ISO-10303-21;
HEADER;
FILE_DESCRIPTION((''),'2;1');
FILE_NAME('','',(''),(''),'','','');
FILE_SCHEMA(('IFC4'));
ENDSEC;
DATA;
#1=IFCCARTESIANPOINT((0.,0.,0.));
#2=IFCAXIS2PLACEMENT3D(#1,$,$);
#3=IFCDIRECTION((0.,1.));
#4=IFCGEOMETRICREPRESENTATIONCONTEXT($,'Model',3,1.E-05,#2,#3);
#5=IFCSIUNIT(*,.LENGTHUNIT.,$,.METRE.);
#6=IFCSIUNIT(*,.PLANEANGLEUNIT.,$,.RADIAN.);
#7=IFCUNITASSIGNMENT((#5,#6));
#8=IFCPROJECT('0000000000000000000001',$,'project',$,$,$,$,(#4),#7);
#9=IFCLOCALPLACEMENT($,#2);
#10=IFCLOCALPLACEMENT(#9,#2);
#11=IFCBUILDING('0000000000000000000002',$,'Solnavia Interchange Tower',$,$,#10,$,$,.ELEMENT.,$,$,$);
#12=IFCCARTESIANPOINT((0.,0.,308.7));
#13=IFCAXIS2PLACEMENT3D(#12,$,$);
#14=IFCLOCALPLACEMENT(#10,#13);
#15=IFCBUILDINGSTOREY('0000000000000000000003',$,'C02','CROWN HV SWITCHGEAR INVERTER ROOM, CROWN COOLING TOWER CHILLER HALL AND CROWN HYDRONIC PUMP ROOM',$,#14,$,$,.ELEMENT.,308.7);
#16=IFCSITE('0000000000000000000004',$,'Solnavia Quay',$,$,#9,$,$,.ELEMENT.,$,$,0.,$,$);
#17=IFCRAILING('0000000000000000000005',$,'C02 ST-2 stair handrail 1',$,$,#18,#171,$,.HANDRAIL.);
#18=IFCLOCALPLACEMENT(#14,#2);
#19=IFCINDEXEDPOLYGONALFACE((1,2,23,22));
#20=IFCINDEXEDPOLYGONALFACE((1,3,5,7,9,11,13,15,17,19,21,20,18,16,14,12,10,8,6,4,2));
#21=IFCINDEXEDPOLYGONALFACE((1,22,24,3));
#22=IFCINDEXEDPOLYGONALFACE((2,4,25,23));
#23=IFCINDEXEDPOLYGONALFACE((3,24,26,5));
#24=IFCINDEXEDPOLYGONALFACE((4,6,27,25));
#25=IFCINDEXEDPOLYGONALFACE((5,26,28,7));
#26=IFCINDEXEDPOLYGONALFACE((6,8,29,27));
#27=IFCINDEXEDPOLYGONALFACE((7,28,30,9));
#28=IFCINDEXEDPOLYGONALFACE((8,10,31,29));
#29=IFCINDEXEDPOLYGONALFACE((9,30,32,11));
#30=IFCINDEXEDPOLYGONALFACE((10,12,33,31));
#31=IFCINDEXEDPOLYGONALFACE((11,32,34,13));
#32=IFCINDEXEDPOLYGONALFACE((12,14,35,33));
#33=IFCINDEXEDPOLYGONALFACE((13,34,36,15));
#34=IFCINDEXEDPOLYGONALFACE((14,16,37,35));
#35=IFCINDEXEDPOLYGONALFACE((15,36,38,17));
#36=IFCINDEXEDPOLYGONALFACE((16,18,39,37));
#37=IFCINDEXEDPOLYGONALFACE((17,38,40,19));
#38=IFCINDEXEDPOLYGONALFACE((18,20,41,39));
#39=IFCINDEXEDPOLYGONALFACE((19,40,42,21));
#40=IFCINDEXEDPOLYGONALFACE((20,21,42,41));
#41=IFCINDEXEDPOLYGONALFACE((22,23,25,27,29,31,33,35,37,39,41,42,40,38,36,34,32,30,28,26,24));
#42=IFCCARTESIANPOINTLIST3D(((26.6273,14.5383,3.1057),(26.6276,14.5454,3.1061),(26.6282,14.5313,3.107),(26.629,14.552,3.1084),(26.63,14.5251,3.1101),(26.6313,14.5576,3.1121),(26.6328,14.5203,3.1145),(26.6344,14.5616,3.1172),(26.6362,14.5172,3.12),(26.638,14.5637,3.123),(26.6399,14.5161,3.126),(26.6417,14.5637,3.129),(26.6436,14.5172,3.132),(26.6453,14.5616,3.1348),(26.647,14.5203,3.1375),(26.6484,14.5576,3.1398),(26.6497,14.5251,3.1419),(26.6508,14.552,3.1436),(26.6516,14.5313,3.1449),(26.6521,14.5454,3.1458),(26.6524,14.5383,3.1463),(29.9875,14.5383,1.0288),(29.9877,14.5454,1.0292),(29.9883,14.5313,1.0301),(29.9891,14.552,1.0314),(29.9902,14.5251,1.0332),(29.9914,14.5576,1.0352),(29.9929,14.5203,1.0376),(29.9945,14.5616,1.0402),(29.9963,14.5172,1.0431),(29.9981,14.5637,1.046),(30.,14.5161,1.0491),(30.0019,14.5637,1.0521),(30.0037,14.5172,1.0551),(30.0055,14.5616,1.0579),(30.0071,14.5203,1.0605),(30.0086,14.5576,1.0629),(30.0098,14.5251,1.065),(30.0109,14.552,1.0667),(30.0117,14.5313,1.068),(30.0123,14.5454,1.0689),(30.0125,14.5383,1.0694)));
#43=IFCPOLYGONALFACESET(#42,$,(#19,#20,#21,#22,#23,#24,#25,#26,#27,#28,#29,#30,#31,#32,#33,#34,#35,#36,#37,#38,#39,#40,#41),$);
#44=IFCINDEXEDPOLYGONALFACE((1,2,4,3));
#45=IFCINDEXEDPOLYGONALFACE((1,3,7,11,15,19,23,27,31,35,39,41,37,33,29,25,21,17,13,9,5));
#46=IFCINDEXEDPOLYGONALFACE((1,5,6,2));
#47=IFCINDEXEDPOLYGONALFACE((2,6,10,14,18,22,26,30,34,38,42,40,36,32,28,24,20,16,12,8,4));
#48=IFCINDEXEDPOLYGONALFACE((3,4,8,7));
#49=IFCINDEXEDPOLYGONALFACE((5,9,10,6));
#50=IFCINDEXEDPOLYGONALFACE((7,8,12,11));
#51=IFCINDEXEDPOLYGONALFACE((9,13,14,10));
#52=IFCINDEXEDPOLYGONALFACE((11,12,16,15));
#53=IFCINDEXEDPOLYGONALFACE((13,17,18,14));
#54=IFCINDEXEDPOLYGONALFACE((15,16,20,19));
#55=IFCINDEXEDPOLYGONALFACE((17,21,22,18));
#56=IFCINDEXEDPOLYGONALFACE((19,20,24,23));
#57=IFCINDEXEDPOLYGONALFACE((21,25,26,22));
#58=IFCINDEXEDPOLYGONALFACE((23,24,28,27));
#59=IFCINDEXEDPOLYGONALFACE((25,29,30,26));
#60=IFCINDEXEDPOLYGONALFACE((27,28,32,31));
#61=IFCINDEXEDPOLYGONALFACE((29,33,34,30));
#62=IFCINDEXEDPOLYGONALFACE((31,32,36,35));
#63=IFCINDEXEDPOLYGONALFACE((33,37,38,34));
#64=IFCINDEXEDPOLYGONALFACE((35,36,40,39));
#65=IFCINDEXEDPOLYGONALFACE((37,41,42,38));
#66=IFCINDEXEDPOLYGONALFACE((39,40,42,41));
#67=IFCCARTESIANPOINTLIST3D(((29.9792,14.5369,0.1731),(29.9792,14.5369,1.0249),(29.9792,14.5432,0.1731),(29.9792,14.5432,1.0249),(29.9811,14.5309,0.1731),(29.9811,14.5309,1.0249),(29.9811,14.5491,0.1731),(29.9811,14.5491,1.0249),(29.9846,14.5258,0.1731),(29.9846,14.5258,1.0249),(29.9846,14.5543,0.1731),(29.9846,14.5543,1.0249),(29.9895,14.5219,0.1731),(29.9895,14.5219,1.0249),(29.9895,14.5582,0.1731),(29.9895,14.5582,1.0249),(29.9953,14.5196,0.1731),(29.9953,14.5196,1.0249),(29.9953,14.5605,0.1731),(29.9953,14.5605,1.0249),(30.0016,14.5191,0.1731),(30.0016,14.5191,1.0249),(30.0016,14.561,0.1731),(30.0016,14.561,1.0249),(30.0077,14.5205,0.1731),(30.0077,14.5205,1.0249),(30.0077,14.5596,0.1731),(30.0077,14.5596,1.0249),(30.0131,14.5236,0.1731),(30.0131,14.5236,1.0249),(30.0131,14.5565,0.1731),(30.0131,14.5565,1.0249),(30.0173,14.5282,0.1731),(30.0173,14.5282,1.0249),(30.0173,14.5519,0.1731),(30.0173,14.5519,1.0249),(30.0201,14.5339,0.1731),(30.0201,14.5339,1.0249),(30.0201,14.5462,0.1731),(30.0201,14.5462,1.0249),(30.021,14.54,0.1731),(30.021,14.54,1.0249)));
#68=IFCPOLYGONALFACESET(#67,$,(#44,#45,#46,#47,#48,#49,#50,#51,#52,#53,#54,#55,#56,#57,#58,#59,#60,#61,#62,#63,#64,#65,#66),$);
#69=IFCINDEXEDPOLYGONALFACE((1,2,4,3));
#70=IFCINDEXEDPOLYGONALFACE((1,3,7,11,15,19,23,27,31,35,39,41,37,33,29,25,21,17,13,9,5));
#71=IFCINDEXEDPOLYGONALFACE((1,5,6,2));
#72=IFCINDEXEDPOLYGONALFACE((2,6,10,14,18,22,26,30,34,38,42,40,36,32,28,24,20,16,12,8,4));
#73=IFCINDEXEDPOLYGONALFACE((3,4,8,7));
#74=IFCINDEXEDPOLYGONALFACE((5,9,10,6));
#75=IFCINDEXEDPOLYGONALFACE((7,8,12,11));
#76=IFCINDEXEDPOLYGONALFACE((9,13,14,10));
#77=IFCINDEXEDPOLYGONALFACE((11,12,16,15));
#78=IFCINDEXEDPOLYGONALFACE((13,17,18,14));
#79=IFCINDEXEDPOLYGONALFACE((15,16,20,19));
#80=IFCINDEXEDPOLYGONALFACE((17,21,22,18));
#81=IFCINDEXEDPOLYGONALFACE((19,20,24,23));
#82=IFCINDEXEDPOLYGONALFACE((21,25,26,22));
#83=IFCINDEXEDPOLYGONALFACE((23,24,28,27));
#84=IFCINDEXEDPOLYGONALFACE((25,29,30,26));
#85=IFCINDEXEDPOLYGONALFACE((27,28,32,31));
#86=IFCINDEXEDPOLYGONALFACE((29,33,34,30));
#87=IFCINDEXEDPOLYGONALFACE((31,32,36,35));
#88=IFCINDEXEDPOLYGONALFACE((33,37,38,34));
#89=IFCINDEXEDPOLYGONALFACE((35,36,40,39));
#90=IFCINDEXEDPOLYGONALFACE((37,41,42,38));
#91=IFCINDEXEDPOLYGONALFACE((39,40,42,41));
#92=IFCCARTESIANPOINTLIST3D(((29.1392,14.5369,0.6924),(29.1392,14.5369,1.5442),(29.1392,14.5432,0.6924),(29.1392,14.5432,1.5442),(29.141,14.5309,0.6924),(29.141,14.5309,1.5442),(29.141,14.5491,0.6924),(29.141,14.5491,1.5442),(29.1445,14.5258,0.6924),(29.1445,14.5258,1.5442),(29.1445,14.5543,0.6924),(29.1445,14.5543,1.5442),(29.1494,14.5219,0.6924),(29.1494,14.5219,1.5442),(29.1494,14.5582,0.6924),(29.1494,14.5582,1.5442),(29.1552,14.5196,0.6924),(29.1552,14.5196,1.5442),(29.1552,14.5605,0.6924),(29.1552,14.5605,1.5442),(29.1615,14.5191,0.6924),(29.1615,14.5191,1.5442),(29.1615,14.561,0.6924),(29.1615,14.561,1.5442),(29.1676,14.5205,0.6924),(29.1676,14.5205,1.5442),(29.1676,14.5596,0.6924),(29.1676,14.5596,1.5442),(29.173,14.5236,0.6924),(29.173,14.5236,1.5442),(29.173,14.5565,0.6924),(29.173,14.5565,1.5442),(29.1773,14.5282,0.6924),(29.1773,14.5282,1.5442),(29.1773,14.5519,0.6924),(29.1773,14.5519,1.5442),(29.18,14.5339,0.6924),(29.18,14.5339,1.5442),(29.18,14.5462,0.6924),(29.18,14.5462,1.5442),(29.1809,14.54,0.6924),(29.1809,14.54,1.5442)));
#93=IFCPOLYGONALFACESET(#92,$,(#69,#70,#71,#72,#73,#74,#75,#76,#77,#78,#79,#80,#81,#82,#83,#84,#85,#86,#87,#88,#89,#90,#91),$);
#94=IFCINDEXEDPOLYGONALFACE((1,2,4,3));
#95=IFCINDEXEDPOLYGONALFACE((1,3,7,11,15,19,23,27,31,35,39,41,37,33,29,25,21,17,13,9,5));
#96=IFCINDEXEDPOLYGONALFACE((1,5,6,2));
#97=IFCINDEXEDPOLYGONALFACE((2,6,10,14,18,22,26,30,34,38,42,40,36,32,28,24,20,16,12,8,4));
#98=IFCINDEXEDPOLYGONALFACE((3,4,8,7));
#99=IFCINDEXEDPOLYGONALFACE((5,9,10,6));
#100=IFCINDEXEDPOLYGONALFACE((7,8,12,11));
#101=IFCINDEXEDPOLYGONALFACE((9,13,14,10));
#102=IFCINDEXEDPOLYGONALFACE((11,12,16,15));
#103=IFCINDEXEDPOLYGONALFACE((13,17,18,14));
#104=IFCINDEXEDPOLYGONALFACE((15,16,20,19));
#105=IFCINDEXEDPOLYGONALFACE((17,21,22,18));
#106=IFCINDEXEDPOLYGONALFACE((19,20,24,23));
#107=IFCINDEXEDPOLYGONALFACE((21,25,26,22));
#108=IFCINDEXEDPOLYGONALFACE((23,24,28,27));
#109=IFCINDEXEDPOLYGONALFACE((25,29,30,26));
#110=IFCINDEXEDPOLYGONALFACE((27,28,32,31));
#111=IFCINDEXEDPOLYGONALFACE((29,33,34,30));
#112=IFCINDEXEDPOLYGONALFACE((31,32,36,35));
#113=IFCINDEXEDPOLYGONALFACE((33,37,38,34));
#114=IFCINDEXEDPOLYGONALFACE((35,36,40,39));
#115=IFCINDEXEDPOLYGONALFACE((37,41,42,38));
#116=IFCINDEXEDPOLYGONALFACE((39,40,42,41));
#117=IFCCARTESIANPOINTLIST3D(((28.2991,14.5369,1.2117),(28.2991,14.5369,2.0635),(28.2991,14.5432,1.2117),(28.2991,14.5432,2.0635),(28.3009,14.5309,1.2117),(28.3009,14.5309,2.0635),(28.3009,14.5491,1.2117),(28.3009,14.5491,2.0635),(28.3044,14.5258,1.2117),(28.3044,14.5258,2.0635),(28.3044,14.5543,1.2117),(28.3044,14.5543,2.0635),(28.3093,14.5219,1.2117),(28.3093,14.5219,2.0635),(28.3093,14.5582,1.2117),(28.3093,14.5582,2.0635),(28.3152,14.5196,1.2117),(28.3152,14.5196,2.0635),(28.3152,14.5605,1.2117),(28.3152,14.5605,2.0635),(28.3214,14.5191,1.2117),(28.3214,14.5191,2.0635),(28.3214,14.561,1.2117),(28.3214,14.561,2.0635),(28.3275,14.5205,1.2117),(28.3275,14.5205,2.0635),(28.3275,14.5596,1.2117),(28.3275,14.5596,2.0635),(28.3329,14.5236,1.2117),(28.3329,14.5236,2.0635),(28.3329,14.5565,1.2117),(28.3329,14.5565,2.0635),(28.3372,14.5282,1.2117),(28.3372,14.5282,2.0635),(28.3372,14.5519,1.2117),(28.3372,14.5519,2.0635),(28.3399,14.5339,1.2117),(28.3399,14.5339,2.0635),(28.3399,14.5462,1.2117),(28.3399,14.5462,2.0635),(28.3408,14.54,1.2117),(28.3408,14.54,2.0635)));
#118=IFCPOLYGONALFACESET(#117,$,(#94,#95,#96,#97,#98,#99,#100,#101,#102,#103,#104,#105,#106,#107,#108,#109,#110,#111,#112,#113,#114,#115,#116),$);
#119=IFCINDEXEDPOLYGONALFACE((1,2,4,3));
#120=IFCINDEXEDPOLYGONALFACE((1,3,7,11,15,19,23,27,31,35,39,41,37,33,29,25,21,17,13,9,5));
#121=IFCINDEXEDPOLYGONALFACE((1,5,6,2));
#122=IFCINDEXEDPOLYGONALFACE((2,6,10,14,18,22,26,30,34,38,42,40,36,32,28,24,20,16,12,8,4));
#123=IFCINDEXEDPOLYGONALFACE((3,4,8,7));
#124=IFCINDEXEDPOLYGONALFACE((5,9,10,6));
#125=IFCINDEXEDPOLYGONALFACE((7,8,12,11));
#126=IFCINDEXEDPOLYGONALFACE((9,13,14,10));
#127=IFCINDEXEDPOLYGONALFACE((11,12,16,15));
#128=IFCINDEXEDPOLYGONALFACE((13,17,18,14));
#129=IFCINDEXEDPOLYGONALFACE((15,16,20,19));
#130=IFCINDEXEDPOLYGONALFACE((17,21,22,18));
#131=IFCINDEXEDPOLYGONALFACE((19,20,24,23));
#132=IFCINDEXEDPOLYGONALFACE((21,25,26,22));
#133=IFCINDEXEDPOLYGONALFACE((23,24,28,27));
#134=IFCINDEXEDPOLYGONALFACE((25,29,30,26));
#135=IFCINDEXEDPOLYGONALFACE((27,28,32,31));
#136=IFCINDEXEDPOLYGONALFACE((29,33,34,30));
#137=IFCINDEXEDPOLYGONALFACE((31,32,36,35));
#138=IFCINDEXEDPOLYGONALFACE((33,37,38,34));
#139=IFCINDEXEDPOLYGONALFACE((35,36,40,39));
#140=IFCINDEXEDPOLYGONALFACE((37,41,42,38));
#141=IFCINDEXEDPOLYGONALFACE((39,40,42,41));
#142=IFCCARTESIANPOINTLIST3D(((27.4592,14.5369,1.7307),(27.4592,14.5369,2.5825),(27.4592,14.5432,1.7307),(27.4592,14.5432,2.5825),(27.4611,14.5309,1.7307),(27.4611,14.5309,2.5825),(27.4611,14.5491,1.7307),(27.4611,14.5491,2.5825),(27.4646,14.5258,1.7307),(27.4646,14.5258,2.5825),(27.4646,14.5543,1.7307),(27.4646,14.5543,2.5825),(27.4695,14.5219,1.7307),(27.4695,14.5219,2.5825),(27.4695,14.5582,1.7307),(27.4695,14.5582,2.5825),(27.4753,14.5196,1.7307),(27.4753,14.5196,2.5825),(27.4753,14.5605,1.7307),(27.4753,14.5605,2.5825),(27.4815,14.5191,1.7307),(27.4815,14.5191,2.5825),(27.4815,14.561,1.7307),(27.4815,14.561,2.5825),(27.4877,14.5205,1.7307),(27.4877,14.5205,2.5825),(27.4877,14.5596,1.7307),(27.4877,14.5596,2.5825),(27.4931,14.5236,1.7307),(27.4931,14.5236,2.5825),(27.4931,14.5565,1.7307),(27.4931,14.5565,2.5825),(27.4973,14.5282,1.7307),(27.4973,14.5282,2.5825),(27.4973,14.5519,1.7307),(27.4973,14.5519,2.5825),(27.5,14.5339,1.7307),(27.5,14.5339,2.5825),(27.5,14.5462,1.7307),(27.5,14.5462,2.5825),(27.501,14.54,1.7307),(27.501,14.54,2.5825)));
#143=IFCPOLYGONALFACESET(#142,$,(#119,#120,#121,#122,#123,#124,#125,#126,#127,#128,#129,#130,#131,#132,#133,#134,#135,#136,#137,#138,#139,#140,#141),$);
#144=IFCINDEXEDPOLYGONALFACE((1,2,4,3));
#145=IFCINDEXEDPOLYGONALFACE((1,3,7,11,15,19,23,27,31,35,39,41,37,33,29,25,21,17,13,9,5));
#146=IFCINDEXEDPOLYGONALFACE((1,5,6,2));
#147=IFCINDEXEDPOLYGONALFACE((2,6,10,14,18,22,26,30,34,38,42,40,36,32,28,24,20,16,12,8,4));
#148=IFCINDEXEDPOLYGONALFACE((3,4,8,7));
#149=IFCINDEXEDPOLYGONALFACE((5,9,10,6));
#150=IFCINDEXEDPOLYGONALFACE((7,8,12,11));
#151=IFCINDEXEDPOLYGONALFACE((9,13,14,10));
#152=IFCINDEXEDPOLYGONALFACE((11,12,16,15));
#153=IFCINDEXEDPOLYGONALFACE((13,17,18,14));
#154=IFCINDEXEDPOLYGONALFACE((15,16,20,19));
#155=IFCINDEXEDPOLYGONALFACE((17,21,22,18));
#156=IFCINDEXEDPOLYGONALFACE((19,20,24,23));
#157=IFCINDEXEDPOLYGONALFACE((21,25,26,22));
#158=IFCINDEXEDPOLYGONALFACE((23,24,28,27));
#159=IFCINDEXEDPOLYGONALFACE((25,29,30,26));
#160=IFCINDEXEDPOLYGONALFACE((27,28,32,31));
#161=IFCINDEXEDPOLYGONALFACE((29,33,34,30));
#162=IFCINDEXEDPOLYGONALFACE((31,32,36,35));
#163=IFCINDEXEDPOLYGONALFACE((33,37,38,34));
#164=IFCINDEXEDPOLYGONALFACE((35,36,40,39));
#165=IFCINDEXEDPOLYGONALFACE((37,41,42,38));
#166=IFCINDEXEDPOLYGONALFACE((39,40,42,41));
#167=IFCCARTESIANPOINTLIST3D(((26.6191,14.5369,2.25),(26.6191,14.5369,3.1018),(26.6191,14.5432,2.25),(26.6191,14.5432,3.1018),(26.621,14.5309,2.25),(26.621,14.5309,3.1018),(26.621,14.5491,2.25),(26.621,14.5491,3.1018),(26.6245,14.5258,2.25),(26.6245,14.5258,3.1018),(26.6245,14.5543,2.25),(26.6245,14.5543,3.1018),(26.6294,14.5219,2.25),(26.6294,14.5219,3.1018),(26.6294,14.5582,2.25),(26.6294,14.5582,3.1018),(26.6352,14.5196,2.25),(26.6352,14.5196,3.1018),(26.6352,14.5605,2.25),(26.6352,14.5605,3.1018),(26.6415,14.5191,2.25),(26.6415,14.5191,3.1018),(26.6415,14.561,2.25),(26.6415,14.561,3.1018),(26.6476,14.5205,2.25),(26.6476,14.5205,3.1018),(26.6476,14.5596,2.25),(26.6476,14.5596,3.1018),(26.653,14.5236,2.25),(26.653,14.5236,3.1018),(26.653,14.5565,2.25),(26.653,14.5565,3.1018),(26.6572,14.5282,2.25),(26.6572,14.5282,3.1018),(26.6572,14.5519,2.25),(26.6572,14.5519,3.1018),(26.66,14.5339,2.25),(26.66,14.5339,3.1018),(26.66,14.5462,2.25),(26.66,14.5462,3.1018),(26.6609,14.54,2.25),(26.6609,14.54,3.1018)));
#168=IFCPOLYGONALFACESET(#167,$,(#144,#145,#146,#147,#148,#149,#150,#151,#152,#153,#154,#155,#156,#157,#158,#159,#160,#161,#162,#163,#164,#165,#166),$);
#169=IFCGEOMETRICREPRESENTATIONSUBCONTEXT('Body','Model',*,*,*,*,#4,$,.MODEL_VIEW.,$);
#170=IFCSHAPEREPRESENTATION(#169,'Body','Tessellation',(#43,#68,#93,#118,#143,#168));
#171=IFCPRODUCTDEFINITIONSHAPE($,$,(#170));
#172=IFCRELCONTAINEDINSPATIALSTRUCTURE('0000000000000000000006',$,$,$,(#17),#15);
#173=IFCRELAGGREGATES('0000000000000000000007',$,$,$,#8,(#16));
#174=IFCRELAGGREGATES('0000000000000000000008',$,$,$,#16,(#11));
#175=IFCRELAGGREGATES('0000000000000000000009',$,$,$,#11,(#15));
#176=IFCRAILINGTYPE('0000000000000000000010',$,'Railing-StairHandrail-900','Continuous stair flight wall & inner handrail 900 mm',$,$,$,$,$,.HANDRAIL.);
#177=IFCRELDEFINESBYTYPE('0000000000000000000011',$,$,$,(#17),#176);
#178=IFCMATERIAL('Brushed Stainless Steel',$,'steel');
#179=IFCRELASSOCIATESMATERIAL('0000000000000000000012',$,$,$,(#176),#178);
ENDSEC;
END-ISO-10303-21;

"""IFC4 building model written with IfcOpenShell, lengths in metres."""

from ifc_helpers import new_model, si_unit, direction, frame, origin, origin_2d, place, context, subcontext, project, spatial, circle, extrude, material, type_object, element, save


model = new_model("IFC4")

# Units and contexts
model_context = context("Model", 3, precision=1e-05, world=origin(), true_north=direction((0.0, 1.0)))
body_context = subcontext(model_context, "Body", "Model", "MODEL_VIEW")
ifc_project = project(units=[si_unit("LENGTHUNIT", "METRE"), si_unit("PLANEANGLEUNIT", "RADIAN")], contexts=[model_context])

# Site, building, storey
site_placement = place(None, origin())
site = spatial("IfcSite", under=ifc_project, at=site_placement, Name="Solnavia Quay", CompositionType="ELEMENT", RefElevation=0.0)
building_placement = place(site_placement, origin())
building = spatial("IfcBuilding", under=site, at=building_placement, Name="Solnavia Interchange Tower", CompositionType="ELEMENT")
storey_placement = place(building_placement, frame((0.0, 0.0, 308.7)))
storey = spatial("IfcBuildingStorey", under=building, at=storey_placement, Name="C02", Description="CROWN HV SWITCHGEAR INVERTER ROOM, CROWN COOLING TOWER CHILLER HALL AND CROWN HYDRONIC PUMP ROOM", CompositionType="ELEMENT", Elevation=308.7)

# Railing
ifc_material_1 = material(Name="Brushed Stainless Steel", Category="steel")
railing_type_1 = type_object("IfcRailingType", Name="Railing-StairHandrail-900", Description="Continuous stair flight wall & inner handrail 900 mm", PredefinedType="HANDRAIL", material=ifc_material_1)
railing_1_placement = place(storey_placement, frame((30.0, 14.54, 0.1731)))
element("IfcRailing", 1, at=railing_1_placement, inside=storey, type_object=railing_type_1, Name="C02 ST-2 stair handrail 1", PredefinedType="HANDRAIL", context=body_context, shape_type="SweptSolid", body=[
    extrude(circle(Radius=0.0239, at=origin_2d()), frame((0.0, 0.0, 0.876), z_axis=(-0.850623, 0.0, 0.525776), x_axis=(0.0, -1.0, 0.0)), (0.0, 0.0, 1.0), 3.9502),
    extrude(circle(Radius=0.021, at=origin_2d()), origin(), (0.0, 0.0, 1.0), 0.8518),
    extrude(circle(Radius=0.021, at=origin_2d()), frame((-0.8401, 0.0, 0.5193)), (0.0, 0.0, 1.0), 0.8518),
    extrude(circle(Radius=0.021, at=origin_2d()), frame((-1.6802, 0.0, 1.0386)), (0.0, 0.0, 1.0), 0.8518),
    extrude(circle(Radius=0.021, at=origin_2d()), frame((-2.52, 0.0, 1.5576)), (0.0, 0.0, 1.0), 0.8518),
    extrude(circle(Radius=0.021, at=origin_2d()), frame((-3.3601, 0.0, 2.0769)), (0.0, 0.0, 1.0), 0.8518),
])

save(model, "model.ifc")
